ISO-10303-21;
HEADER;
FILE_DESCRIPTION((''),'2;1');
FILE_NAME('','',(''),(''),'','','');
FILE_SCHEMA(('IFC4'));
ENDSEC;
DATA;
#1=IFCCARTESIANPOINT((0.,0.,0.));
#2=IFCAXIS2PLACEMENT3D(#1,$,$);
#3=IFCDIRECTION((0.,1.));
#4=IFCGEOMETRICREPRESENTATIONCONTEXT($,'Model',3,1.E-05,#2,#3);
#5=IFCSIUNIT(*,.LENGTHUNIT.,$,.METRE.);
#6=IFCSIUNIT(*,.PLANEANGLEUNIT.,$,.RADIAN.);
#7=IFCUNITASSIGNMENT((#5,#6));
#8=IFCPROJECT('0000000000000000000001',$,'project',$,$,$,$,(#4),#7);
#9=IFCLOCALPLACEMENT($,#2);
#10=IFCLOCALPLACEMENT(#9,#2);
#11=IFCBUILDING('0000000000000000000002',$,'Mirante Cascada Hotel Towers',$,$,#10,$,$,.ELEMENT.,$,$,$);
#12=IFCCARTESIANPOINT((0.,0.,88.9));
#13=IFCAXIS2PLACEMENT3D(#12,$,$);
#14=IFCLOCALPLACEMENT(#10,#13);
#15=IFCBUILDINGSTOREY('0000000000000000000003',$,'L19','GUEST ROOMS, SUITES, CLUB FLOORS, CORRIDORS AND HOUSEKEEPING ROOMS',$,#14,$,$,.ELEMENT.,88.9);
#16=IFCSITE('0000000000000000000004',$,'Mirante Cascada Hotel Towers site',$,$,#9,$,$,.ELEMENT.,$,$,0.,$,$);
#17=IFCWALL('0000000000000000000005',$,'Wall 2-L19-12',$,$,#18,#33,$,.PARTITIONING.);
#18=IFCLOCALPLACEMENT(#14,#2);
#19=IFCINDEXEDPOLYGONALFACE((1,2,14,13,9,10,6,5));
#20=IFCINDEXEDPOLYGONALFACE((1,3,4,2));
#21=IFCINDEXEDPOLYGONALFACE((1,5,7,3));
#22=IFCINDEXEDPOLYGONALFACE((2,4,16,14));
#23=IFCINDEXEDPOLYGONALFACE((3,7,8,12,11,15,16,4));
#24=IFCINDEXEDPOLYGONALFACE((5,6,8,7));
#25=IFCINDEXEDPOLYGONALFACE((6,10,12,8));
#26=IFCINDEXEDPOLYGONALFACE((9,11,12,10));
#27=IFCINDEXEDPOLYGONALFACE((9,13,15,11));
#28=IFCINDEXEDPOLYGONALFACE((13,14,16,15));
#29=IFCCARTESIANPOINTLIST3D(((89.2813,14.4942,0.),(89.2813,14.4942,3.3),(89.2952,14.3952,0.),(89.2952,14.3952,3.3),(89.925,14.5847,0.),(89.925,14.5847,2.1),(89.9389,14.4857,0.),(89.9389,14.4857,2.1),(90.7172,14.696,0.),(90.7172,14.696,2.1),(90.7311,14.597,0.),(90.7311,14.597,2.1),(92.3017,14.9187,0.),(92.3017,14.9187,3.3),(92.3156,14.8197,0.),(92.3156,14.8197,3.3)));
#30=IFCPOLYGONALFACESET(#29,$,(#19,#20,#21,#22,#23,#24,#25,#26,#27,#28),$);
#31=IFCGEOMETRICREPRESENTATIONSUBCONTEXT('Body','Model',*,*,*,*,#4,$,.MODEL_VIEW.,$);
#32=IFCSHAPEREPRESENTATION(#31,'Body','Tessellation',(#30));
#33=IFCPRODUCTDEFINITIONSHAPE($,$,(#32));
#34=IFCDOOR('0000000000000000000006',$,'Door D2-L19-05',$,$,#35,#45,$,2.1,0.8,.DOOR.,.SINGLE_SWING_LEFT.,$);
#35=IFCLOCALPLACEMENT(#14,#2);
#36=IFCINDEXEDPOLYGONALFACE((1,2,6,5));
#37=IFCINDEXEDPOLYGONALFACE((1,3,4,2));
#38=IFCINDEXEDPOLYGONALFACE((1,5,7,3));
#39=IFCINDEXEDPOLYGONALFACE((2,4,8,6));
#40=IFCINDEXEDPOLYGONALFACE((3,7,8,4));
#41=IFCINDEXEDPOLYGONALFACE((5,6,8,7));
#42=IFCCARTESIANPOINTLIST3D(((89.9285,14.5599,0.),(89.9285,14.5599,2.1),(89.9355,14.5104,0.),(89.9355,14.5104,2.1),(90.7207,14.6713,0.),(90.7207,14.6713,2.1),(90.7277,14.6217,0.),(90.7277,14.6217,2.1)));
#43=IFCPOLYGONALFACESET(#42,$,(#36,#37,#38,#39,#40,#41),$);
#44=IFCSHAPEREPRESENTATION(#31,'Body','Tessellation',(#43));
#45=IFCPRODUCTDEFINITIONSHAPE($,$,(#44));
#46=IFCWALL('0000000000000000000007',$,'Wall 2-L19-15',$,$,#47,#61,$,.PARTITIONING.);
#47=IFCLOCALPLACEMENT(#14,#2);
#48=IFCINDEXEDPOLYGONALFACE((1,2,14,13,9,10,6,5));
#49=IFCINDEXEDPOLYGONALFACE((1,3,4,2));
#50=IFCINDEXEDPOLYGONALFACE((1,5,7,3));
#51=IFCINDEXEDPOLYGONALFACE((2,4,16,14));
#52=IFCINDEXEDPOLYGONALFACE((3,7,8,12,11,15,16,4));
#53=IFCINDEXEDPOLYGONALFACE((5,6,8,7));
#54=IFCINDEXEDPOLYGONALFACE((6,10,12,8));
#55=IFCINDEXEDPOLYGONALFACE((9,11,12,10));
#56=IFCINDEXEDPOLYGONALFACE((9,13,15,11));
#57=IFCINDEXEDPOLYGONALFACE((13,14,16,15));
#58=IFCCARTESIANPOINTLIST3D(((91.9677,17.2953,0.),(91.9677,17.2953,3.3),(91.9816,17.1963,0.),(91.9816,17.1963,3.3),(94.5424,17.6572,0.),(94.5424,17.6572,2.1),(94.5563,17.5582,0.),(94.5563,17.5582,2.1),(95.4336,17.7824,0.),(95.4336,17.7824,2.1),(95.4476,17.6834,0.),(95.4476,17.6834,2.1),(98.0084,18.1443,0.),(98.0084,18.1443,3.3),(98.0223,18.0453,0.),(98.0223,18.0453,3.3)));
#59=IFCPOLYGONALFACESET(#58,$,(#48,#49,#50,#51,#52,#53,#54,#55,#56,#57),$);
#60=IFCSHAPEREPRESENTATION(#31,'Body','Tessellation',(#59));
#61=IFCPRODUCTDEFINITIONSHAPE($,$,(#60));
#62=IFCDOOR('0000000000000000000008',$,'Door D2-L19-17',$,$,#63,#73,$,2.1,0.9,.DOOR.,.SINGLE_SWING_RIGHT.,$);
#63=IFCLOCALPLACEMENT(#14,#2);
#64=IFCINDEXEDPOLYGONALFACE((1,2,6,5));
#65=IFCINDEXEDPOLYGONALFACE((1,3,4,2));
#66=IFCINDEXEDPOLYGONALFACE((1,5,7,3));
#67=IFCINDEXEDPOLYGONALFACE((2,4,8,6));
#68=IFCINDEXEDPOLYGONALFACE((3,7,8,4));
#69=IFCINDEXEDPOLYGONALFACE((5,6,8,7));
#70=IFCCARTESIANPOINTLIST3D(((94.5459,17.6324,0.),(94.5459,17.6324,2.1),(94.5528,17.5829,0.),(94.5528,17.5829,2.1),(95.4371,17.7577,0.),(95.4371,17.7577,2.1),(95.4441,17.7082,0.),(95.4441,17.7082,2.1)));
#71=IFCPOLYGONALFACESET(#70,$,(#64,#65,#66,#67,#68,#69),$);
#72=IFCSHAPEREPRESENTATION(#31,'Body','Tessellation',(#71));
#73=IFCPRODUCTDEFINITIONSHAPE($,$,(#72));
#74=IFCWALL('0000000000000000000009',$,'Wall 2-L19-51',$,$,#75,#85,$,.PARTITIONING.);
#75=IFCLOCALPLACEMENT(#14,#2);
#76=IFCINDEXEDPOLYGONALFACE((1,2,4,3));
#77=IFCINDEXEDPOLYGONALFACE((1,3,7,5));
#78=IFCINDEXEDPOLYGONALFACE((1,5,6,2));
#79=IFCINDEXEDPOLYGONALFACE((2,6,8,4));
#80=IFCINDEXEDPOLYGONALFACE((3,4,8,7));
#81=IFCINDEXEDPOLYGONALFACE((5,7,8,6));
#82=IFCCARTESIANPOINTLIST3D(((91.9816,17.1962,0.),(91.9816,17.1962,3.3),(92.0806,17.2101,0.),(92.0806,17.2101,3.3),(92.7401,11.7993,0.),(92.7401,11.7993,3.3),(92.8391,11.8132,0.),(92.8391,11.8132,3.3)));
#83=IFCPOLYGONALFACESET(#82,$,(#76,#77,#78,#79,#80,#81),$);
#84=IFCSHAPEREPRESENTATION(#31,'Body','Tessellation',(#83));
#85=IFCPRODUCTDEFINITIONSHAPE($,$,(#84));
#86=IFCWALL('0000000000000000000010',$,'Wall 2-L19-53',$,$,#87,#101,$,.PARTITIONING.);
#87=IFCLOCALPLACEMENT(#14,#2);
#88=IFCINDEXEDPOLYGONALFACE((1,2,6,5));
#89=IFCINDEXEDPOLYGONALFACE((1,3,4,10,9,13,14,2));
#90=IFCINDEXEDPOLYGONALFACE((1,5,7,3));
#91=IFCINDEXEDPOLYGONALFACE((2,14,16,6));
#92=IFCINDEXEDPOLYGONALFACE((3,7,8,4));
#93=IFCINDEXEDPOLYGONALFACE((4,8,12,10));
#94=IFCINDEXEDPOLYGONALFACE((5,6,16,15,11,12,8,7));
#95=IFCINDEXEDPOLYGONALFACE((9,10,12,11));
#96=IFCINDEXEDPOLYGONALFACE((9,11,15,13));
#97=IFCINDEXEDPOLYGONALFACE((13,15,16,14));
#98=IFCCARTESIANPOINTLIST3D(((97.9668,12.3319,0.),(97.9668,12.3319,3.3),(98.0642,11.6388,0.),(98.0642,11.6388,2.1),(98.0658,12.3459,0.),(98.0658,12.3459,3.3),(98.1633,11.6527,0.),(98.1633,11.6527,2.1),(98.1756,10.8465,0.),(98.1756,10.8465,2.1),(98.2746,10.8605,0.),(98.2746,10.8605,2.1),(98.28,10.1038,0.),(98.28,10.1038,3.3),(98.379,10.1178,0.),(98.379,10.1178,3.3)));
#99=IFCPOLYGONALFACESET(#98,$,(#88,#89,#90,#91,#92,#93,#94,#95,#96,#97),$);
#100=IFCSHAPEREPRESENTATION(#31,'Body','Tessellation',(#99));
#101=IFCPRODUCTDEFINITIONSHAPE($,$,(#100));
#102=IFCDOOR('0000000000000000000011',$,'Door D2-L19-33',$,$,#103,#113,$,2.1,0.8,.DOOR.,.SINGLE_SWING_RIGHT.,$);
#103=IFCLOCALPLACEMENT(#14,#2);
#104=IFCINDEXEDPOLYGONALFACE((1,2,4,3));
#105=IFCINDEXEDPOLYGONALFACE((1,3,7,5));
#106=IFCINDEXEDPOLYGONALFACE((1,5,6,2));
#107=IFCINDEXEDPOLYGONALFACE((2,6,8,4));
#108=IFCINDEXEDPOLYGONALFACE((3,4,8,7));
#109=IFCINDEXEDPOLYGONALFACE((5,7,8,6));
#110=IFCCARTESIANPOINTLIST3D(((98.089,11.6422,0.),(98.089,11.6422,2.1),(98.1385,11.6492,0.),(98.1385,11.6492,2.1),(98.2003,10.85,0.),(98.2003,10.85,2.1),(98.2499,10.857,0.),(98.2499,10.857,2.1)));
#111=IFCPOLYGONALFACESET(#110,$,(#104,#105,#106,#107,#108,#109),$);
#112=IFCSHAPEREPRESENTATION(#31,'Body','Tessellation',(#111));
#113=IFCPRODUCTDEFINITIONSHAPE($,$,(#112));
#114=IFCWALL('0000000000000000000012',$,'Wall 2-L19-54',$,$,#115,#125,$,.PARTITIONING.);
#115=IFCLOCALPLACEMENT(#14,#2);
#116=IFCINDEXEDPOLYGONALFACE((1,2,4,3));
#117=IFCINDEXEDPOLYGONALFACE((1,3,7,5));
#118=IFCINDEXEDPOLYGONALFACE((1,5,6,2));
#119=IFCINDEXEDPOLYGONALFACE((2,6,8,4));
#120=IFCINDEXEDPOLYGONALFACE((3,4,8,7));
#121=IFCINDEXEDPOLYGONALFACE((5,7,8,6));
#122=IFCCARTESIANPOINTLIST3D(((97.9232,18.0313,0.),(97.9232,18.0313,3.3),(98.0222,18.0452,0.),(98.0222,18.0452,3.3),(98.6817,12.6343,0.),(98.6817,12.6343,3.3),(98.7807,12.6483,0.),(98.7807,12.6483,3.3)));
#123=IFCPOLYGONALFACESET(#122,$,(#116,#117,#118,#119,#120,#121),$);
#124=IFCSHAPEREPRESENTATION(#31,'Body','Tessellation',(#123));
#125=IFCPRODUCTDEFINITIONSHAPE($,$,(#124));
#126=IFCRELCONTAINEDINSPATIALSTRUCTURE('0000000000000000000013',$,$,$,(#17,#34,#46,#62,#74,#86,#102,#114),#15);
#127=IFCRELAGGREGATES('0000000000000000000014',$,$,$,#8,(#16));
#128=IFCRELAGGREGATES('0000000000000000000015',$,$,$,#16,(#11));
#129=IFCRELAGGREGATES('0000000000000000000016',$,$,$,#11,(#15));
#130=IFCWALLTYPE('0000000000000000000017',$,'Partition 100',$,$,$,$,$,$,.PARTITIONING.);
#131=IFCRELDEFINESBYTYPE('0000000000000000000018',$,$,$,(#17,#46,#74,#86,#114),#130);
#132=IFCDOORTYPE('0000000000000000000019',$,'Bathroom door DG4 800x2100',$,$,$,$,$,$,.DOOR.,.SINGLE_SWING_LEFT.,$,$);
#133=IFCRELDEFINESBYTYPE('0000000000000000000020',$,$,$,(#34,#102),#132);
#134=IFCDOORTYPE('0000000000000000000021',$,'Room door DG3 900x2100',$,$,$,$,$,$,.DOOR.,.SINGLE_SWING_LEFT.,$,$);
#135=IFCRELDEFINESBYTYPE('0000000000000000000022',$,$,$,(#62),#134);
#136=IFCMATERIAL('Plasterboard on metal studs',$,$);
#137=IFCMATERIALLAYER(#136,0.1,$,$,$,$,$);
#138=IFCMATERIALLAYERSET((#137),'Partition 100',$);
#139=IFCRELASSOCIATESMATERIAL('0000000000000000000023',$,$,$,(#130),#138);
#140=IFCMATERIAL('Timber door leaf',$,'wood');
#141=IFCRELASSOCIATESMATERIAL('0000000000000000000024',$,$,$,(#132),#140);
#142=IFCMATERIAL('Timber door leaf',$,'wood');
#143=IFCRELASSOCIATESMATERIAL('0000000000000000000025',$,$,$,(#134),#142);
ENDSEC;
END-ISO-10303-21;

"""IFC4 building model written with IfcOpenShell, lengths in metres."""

from ifc_helpers import new_model, si_unit, direction, frame, frame_2d, origin, place, context, subcontext, project, spatial, rectangle, extrude, material, layer, layer_set, type_object, element, fill, save


model = new_model("IFC4")

# Units and contexts
model_context = context("Model", 3, precision=1e-05, world=origin(), true_north=direction((0.0, 1.0)))
body_context = subcontext(model_context, "Body", "Model", "MODEL_VIEW")
ifc_project = project(units=[si_unit("LENGTHUNIT", "METRE"), si_unit("PLANEANGLEUNIT", "RADIAN")], contexts=[model_context])

# Site, building, storey
site_placement = place(None, origin())
site = spatial("IfcSite", under=ifc_project, at=site_placement, Name="Mirante Cascada Hotel Towers site", CompositionType="ELEMENT", RefElevation=0.0)
building_placement = place(site_placement, origin())
building = spatial("IfcBuilding", under=site, at=building_placement, Name="Mirante Cascada Hotel Towers", CompositionType="ELEMENT")
storey_placement = place(building_placement, frame((0.0, 0.0, 88.9)))
storey = spatial("IfcBuildingStorey", under=building, at=storey_placement, Name="L19", Description="GUEST ROOMS, SUITES, CLUB FLOORS, CORRIDORS AND HOUSEKEEPING ROOMS", CompositionType="ELEMENT", Elevation=88.9)

# Shared definitions
ifc_material_1 = material(Name="Plasterboard on metal studs")
ifc_layer_1 = layer(ifc_material_1, 0.1)
ifc_layer_set_1 = layer_set([ifc_layer_1], Name="Partition 100")
wall_type_1 = type_object("IfcWallType", Name="Partition 100", PredefinedType="PARTITIONING", material=ifc_layer_set_1)

# Walls, openings, doors
wall_1_placement = place(storey_placement, frame((89.2883, 14.4447, 0.0), z_axis=(0.0, 0.0, 1.0), x_axis=(0.990268, 0.139177, 0.0)))
wall_1 = element("IfcWall", 1, at=wall_1_placement, inside=storey, type_object=wall_type_1, Name="Wall 2-L19-12", PredefinedType="PARTITIONING", context=body_context, shape_type="SweptSolid", body=[
    extrude(rectangle(XDim=3.0501, YDim=0.1, at=frame_2d((1.525, 0.0))), origin(), (0.0, 0.0, 1.0), 3.3),
])
opening_1_placement = place(wall_1_placement, frame((0.65, 0.0, 0.0)))
opening_1 = element("IfcOpeningElement", 2, at=opening_1_placement, cuts=wall_1, PredefinedType="OPENING", context=body_context, shape_type="SweptSolid", body=[
    extrude(rectangle(XDim=0.8, YDim=2.1, at=frame_2d((0.4, 1.05))), frame((0.0, 0.05, 0.0), z_axis=(0.0, -1.0, 0.0), x_axis=(1.0, 0.0, 0.0)), (0.0, 0.0, 1.0), 0.1),
])
ifc_material_2 = material(Name="Timber door leaf", Category="wood")
door_type_1 = type_object("IfcDoorType", Name="Bathroom door DG4 800x2100", OperationType="SINGLE_SWING_LEFT", PredefinedType="DOOR", material=ifc_material_2)
door_1_placement = place(opening_1_placement, origin())
door_1 = element("IfcDoor", 3, at=door_1_placement, inside=storey, type_object=door_type_1, Name="Door D2-L19-05", OperationType="SINGLE_SWING_LEFT", OverallHeight=2.1, OverallWidth=0.8, PredefinedType="DOOR", context=body_context, shape_type="SweptSolid", body=[
    extrude(rectangle(XDim=0.8, YDim=2.1, at=frame_2d((0.4, 1.05))), frame((0.0, 0.025, 0.0), z_axis=(0.0, -1.0, 0.0), x_axis=(1.0, 0.0, 0.0)), (0.0, 0.0, 1.0), 0.05),
])
fill(opening_1, door_1)
wall_2_placement = place(storey_placement, frame((98.0153, 18.0948, 0.0), z_axis=(0.0, 0.0, 1.0), x_axis=(-0.990267, -0.139179, 0.0)))
wall_2 = element("IfcWall", 4, at=wall_2_placement, inside=storey, type_object=wall_type_1, Name="Wall 2-L19-15", PredefinedType="PARTITIONING", context=body_context, shape_type="SweptSolid", body=[
    extrude(rectangle(XDim=6.1001, YDim=0.1, at=frame_2d((3.05, 0.0))), origin(), (0.0, 0.0, 1.0), 3.3),
])
opening_2_placement = place(wall_2_placement, frame((2.6, 0.0, 0.0)))
opening_2 = element("IfcOpeningElement", 5, at=opening_2_placement, cuts=wall_2, PredefinedType="OPENING", context=body_context, shape_type="SweptSolid", body=[
    extrude(rectangle(XDim=0.9, YDim=2.1, at=frame_2d((0.45, 1.05))), frame((0.0, 0.05, 0.0), z_axis=(0.0, -1.0, 0.0), x_axis=(1.0, 0.0, 0.0)), (0.0, 0.0, 1.0), 0.1),
])
ifc_material_3 = material(Name="Timber door leaf", Category="wood")
door_type_2 = type_object("IfcDoorType", Name="Room door DG3 900x2100", OperationType="SINGLE_SWING_LEFT", PredefinedType="DOOR", material=ifc_material_3)
door_2_placement = place(opening_2_placement, frame((0.9, 0.0, 0.0), z_axis=(0.0, 0.0, 1.0), x_axis=(-1.0, 0.0, 0.0)))
door_2 = element("IfcDoor", 6, at=door_2_placement, inside=storey, type_object=door_type_2, Name="Door D2-L19-17", OperationType="SINGLE_SWING_RIGHT", OverallHeight=2.1, OverallWidth=0.9, PredefinedType="DOOR", context=body_context, shape_type="SweptSolid", body=[
    extrude(rectangle(XDim=0.9, YDim=2.1, at=frame_2d((0.45, 1.05))), frame((0.0, 0.025, 0.0), z_axis=(0.0, -1.0, 0.0), x_axis=(1.0, 0.0, 0.0)), (0.0, 0.0, 1.0), 0.05),
])
fill(opening_2, door_2)

# Wall
wall_3_placement = place(storey_placement, frame((92.0311, 17.2032, 0.0), z_axis=(0.0, 0.0, 1.0), x_axis=(0.139176, -0.990268, 0.0)))
element("IfcWall", 7, at=wall_3_placement, inside=storey, type_object=wall_type_1, Name="Wall 2-L19-51", PredefinedType="PARTITIONING", context=body_context, shape_type="SweptSolid", body=[
    extrude(rectangle(XDim=5.4499, YDim=0.1, at=frame_2d((2.725, 0.0))), origin(), (0.0, 0.0, 1.0), 3.3),
])

# Wall, opening, door
wall_4_placement = place(storey_placement, frame((98.0163, 12.3389, 0.0), z_axis=(0.0, 0.0, 1.0), x_axis=(0.1392, -0.990264, 0.0)))
wall_4 = element("IfcWall", 8, at=wall_4_placement, inside=storey, type_object=wall_type_1, Name="Wall 2-L19-53", PredefinedType="PARTITIONING", context=body_context, shape_type="SweptSolid", body=[
    extrude(rectangle(XDim=2.25, YDim=0.1, at=frame_2d((1.125, 0.0))), origin(), (0.0, 0.0, 1.0), 3.3),
])
opening_3_placement = place(wall_4_placement, frame((0.7, 0.0, 0.0)))
opening_3 = element("IfcOpeningElement", 9, at=opening_3_placement, cuts=wall_4, PredefinedType="OPENING", context=body_context, shape_type="SweptSolid", body=[
    extrude(rectangle(XDim=0.8, YDim=2.1, at=frame_2d((0.4, 1.05))), frame((0.0, 0.05, 0.0), z_axis=(0.0, -1.0, 0.0), x_axis=(1.0, 0.0, 0.0)), (0.0, 0.0, 1.0), 0.1),
])
door_3_placement = place(opening_3_placement, frame((0.8, 0.0, 0.0), z_axis=(0.0, 0.0, 1.0), x_axis=(-1.0, 0.0, 0.0)))
door_3 = element("IfcDoor", 10, at=door_3_placement, inside=storey, type_object=door_type_1, Name="Door D2-L19-33", OperationType="SINGLE_SWING_RIGHT", OverallHeight=2.1, OverallWidth=0.8, PredefinedType="DOOR", context=body_context, shape_type="SweptSolid", body=[
    extrude(rectangle(XDim=0.8, YDim=2.1, at=frame_2d((0.4, 1.05))), frame((0.0, 0.025, 0.0), z_axis=(0.0, -1.0, 0.0), x_axis=(1.0, 0.0, 0.0)), (0.0, 0.0, 1.0), 0.05),
])
fill(opening_3, door_3)

# Wall
wall_5_placement = place(storey_placement, frame((98.7312, 12.6413, 0.0), z_axis=(0.0, 0.0, 1.0), x_axis=(-0.139173, 0.990268, 0.0)))
element("IfcWall", 11, at=wall_5_placement, inside=storey, type_object=wall_type_1, Name="Wall 2-L19-54", PredefinedType="PARTITIONING", context=body_context, shape_type="SweptSolid", body=[
    extrude(rectangle(XDim=5.45, YDim=0.1, at=frame_2d((2.725, 0.0))), origin(), (0.0, 0.0, 1.0), 3.3),
])

save(model, "model.ifc")
